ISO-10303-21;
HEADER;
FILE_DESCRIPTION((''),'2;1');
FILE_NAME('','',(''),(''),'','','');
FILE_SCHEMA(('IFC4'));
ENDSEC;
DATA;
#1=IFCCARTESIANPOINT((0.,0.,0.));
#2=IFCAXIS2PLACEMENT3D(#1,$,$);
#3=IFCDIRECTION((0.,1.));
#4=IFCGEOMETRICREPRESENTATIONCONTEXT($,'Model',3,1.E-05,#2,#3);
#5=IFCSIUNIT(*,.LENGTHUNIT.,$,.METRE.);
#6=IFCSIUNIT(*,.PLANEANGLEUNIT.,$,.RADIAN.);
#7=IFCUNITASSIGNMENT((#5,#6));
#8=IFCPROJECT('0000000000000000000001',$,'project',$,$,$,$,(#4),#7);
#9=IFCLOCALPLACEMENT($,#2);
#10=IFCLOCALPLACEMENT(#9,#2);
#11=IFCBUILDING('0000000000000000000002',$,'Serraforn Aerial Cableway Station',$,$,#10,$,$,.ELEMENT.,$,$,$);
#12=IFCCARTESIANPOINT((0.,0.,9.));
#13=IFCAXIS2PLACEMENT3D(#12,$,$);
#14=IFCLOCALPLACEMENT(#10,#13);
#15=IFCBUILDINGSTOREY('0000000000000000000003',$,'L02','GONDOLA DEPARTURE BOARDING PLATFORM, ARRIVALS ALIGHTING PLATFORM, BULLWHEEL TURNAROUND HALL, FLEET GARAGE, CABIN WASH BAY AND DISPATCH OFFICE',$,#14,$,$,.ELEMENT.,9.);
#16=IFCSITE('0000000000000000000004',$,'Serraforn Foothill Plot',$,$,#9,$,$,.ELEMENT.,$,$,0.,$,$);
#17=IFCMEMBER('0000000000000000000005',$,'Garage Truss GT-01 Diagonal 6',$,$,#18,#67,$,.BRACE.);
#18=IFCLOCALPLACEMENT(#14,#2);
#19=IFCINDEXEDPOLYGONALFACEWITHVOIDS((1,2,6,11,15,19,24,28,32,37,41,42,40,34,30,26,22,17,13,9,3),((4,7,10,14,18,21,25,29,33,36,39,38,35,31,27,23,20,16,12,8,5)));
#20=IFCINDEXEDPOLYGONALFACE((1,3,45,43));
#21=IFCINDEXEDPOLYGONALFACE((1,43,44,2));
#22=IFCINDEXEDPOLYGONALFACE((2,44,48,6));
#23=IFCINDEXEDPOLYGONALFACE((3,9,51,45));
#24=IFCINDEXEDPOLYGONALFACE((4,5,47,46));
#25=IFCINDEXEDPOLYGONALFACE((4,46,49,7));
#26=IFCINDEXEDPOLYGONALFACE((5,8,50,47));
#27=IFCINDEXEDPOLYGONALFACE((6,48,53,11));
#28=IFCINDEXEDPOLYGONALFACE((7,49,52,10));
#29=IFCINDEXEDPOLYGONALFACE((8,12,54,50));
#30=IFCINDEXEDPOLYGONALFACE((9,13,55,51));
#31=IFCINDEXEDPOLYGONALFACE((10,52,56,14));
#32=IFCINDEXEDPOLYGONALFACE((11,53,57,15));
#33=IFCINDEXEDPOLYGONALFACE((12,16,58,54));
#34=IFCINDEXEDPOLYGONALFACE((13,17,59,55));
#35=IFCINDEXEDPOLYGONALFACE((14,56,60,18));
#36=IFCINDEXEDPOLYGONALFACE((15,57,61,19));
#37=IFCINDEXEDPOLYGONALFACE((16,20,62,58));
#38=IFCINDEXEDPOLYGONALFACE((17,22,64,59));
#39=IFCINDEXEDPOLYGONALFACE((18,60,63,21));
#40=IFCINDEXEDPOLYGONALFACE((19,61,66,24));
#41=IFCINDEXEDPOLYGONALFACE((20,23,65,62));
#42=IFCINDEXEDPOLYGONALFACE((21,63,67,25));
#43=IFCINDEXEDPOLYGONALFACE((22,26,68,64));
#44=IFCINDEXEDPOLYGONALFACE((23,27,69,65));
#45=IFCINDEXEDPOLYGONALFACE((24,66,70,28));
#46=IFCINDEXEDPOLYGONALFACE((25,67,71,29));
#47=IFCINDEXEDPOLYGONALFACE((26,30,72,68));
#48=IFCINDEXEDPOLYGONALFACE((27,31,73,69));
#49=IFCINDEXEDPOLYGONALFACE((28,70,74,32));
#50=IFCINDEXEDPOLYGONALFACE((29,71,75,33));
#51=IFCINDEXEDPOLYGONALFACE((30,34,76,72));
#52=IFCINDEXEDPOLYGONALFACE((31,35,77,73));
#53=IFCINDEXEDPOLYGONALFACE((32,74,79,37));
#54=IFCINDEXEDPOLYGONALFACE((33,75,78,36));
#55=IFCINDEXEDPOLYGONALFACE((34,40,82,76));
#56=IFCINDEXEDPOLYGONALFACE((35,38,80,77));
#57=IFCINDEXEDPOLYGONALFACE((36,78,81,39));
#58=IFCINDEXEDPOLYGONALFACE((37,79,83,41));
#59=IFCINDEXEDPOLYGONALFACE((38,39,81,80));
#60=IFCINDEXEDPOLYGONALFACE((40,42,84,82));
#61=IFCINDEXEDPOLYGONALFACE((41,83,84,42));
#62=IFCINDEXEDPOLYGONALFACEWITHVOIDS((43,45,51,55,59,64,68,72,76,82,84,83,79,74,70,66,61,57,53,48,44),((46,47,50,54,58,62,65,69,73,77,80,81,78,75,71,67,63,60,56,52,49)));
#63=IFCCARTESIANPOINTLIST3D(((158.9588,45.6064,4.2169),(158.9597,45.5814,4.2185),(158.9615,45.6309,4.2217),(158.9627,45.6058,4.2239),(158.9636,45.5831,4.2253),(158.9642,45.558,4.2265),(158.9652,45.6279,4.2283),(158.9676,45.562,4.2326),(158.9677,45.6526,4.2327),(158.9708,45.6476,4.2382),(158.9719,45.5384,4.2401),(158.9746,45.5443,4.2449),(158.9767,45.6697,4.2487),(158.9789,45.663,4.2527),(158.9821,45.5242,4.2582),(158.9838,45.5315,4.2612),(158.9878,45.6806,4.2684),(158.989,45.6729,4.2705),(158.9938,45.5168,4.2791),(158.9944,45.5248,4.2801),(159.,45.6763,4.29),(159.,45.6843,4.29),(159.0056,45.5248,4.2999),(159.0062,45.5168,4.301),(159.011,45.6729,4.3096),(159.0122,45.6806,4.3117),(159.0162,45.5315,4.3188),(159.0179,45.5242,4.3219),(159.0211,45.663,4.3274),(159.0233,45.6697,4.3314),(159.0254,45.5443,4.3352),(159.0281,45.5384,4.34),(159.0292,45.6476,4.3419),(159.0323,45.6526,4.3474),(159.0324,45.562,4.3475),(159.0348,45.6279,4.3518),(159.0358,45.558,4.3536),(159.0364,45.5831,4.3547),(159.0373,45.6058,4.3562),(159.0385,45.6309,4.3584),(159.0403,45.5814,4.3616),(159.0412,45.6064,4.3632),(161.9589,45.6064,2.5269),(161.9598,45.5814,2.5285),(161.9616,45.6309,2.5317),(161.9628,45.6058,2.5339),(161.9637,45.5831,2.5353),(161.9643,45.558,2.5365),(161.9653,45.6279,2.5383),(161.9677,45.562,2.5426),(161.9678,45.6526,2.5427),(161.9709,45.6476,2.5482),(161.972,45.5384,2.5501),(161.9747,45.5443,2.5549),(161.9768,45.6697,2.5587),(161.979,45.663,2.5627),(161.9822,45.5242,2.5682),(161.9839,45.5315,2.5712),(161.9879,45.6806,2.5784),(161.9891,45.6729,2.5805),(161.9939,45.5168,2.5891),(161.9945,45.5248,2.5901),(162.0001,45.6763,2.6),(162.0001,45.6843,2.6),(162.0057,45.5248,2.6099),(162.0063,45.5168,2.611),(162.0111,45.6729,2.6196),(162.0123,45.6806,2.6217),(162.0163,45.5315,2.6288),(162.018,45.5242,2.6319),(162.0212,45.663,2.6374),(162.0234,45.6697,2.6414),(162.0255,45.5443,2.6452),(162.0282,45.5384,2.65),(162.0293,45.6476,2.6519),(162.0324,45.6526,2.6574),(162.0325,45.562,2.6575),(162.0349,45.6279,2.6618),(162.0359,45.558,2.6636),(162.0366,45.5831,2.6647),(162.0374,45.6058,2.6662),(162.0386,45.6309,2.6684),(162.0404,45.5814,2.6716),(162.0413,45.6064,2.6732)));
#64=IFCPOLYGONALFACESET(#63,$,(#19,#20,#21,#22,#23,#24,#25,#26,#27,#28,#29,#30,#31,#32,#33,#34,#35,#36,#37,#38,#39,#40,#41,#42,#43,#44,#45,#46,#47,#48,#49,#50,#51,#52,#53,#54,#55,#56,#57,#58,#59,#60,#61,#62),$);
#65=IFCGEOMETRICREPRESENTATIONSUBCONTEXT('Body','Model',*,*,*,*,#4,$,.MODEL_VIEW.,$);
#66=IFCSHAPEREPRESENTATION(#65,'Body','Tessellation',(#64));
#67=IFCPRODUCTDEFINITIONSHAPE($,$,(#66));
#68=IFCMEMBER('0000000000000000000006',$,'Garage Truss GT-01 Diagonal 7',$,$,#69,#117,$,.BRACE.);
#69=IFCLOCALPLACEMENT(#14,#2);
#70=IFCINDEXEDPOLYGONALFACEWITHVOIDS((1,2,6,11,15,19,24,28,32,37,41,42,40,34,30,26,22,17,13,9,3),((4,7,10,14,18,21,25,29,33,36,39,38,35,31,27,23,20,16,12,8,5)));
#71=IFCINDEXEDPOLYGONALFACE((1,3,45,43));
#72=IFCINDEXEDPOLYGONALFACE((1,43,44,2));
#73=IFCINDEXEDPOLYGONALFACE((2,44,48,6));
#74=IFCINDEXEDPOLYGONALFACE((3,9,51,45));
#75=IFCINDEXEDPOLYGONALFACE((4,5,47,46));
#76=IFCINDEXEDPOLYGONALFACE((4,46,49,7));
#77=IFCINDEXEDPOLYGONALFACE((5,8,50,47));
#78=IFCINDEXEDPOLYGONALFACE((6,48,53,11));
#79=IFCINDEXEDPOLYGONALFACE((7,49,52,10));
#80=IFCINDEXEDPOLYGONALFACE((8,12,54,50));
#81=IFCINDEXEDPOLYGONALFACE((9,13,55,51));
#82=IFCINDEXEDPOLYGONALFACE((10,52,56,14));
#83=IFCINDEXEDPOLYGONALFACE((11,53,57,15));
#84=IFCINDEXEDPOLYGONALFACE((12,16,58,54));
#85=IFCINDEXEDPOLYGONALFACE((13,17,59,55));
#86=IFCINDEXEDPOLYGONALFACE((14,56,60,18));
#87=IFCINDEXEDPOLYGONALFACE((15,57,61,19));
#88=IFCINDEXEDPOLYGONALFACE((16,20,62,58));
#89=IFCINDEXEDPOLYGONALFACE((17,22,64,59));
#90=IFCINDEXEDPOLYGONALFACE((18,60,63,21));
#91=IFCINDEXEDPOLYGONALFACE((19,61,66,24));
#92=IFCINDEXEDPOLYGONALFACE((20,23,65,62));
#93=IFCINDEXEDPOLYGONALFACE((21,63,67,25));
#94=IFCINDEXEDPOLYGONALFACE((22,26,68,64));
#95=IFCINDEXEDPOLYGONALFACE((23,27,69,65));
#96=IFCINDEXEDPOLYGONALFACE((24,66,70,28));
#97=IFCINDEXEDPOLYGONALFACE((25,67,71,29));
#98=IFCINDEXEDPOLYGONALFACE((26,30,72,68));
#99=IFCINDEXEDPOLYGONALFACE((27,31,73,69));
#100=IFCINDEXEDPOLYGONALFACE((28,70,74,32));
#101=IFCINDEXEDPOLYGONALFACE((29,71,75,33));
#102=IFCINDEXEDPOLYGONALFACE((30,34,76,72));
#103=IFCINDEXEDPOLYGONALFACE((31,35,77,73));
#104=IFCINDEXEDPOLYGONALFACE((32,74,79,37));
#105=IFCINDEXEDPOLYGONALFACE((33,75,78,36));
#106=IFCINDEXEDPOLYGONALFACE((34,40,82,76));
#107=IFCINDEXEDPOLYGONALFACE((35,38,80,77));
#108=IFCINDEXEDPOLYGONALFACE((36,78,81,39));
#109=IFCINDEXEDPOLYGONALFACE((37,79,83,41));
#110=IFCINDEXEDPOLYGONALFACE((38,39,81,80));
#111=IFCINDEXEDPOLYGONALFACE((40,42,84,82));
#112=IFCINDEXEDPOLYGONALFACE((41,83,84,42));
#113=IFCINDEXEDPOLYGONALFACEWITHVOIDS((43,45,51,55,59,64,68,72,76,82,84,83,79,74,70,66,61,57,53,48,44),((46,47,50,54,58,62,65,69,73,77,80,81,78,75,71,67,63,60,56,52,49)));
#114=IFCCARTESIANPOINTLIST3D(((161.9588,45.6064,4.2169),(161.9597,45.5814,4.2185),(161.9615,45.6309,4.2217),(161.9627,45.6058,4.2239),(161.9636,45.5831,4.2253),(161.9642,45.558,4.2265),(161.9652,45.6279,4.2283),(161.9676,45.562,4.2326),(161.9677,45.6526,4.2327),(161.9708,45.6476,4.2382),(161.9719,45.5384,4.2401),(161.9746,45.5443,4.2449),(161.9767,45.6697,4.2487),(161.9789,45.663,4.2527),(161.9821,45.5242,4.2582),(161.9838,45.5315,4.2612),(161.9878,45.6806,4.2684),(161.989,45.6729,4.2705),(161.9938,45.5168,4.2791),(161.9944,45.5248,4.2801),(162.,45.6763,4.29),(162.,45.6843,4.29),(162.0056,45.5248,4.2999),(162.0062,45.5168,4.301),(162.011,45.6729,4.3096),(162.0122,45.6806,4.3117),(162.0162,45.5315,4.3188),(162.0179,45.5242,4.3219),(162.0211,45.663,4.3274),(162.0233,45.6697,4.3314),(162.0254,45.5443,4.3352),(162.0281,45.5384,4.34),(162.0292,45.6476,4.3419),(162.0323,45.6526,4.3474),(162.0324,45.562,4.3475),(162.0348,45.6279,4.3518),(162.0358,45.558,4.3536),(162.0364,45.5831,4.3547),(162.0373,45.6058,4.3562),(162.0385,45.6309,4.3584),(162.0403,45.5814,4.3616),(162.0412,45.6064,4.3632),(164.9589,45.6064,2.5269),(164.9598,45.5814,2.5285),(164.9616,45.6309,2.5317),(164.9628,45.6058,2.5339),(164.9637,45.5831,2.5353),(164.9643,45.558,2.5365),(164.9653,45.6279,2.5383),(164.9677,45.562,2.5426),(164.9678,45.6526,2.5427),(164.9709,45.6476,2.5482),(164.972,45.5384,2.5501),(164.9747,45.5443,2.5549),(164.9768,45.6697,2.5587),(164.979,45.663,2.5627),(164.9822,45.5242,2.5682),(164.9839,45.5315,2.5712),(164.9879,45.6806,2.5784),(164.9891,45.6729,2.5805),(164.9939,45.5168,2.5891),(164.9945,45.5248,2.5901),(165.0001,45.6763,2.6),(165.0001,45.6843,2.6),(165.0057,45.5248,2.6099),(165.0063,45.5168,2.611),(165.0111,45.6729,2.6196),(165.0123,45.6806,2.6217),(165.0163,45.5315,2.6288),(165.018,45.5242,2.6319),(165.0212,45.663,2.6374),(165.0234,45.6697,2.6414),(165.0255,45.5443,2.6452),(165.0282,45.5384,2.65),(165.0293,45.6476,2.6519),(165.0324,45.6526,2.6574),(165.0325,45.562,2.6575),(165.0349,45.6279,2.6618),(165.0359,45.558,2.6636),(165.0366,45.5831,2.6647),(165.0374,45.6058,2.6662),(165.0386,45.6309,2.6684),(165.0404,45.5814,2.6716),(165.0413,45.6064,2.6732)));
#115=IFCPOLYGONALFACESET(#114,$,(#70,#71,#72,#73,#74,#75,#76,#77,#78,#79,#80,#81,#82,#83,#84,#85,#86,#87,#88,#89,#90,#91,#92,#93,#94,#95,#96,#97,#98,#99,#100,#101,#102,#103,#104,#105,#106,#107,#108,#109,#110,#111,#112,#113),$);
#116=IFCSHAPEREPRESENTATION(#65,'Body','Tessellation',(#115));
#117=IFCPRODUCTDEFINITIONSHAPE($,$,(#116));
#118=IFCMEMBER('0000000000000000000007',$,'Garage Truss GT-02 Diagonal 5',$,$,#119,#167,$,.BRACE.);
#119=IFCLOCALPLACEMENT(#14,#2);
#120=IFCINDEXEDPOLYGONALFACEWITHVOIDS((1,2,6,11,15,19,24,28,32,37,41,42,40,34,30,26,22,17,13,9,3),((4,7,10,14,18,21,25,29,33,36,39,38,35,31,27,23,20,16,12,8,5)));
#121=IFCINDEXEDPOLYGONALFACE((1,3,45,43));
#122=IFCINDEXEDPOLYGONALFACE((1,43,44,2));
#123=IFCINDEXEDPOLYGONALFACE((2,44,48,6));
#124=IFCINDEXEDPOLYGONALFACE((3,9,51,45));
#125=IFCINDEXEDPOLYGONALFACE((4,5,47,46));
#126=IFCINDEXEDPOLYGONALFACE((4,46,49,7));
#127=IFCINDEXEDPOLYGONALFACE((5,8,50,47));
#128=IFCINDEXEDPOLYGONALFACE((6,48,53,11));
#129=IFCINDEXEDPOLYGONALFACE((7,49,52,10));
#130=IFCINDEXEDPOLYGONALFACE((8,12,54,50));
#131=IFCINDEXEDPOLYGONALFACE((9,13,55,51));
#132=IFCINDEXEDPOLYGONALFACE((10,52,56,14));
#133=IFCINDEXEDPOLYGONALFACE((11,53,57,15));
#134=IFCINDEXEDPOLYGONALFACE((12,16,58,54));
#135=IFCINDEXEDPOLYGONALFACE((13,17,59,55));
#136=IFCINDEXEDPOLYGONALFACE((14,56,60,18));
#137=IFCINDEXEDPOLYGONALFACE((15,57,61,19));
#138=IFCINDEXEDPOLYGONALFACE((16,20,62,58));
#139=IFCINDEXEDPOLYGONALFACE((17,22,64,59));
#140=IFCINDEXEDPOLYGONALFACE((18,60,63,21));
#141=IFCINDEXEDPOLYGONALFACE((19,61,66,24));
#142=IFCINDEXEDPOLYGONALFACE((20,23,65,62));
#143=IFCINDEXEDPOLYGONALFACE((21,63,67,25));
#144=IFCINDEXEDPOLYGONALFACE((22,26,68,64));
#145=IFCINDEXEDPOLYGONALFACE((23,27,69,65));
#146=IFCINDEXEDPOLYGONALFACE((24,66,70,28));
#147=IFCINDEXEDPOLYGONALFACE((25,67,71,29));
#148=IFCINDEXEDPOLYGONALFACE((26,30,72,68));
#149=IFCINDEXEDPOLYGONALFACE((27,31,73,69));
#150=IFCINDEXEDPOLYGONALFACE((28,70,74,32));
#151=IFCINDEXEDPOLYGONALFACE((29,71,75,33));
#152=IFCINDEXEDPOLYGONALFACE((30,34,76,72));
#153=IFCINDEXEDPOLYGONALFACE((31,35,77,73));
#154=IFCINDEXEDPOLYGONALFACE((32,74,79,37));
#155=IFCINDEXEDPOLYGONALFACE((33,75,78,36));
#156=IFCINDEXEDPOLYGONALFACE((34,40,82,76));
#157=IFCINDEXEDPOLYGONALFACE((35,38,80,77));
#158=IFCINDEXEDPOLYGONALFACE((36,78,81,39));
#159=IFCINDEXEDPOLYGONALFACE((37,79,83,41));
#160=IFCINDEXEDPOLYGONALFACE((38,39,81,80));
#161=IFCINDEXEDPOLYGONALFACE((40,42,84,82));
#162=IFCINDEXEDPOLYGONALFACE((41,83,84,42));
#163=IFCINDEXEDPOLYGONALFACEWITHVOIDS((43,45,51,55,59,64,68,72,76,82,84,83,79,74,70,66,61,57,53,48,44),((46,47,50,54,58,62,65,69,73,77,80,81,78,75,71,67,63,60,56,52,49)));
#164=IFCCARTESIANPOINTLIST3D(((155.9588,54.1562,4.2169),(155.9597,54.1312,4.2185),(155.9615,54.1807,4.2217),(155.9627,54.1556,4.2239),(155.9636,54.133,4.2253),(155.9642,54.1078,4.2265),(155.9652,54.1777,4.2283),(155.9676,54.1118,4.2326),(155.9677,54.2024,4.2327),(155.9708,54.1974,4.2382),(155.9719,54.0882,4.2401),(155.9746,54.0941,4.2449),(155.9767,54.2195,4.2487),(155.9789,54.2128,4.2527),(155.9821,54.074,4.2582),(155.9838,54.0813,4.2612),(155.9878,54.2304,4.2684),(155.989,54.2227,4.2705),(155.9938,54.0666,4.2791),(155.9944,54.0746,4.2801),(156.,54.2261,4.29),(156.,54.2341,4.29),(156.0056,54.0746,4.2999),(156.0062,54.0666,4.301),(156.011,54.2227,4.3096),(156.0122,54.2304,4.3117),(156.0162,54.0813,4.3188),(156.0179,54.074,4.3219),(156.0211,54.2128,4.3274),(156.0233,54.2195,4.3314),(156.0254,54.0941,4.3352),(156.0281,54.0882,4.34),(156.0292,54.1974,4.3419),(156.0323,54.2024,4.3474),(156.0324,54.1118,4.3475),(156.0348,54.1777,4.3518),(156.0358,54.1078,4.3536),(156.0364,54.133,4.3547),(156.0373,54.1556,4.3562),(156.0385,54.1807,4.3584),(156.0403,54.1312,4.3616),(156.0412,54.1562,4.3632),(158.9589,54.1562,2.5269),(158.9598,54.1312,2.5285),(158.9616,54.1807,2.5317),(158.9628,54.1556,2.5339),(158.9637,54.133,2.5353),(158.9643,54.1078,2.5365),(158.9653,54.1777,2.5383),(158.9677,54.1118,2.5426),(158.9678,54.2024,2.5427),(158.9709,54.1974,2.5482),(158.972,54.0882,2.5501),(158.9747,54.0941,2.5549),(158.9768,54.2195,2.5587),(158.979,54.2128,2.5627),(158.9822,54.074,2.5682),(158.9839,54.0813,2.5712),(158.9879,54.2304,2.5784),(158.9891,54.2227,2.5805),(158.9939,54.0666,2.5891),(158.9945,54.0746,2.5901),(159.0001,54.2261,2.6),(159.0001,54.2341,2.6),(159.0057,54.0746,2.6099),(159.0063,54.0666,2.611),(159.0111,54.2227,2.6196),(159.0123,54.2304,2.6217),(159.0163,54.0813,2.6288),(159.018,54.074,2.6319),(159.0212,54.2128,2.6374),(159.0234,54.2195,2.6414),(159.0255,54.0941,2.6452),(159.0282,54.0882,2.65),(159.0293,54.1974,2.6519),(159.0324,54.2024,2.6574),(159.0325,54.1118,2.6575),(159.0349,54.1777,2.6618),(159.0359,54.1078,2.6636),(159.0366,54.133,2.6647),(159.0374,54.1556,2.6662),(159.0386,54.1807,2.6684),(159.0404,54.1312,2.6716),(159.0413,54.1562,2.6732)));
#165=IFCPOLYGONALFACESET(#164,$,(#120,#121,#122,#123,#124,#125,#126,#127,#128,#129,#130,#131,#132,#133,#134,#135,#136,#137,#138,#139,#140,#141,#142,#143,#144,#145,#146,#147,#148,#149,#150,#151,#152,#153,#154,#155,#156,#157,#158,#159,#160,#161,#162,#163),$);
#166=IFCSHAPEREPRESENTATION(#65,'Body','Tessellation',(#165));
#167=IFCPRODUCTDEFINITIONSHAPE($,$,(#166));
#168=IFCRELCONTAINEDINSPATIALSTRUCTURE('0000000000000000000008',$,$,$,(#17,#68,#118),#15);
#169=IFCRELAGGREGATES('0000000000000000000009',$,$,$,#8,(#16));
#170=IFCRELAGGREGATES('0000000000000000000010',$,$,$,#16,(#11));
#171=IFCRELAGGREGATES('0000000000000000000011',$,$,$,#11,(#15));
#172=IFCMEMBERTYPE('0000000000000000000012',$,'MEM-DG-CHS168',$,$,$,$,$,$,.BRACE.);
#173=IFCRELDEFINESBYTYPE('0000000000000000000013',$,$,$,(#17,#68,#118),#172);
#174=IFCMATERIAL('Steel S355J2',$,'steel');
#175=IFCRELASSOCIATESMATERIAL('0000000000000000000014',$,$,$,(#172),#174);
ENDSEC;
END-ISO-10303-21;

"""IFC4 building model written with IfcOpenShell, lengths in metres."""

from ifc_helpers import new_model, si_unit, direction, frame, origin, origin_2d, place, context, subcontext, project, spatial, hollow_circle, extrude, material, material_profile, profile_set, type_object, element, save


model = new_model("IFC4")

# Units and contexts
model_context = context("Model", 3, precision=1e-05, world=origin(), true_north=direction((0.0, 1.0)))
body_context = subcontext(model_context, "Body", "Model", "MODEL_VIEW")
ifc_project = project(units=[si_unit("LENGTHUNIT", "METRE"), si_unit("PLANEANGLEUNIT", "RADIAN")], contexts=[model_context])

# Site, building, storey
site_placement = place(None, origin())
site = spatial("IfcSite", under=ifc_project, at=site_placement, Name="Serraforn Foothill Plot", CompositionType="ELEMENT", RefElevation=0.0)
building_placement = place(site_placement, origin())
building = spatial("IfcBuilding", under=site, at=building_placement, Name="Serraforn Aerial Cableway Station", CompositionType="ELEMENT")
storey_placement = place(building_placement, frame((0.0, 0.0, 9.0)))
storey = spatial("IfcBuildingStorey", under=building, at=storey_placement, Name="L02", Description="GONDOLA DEPARTURE BOARDING PLATFORM, ARRIVALS ALIGHTING PLATFORM, BULLWHEEL TURNAROUND HALL, FLEET GARAGE, CABIN WASH BAY AND DISPATCH OFFICE", CompositionType="ELEMENT", Elevation=9.0)

# Members
ifc_material_1 = material(Name="Steel S355J2", Category="steel")
ifc_material_profile_1 = material_profile(ifc_material_1, hollow_circle(Radius=0.0842, WallThickness=0.0081, at=origin_2d()), Name="CHS 168.3x8.0")
ifc_profile_set_1 = profile_set([ifc_material_profile_1], Name="Steel S355J2")
member_type_1 = type_object("IfcMemberType", Name="MEM-DG-CHS168", PredefinedType="BRACE", material=ifc_profile_set_1)
for number, where, z_axis, x_axis, name in (
    (1, (159.0, 45.6001, 4.29), (0.871272, 0.0, -0.4908), (0.0, 1.0, 0.0), "Garage Truss GT-01 Diagonal 6"),
    (2, (162.0, 45.6001, 4.29), (0.871272, 0.0, -0.4908), (0.0, 1.0, 0.0), "Garage Truss GT-01 Diagonal 7"),
    (3, (156.0, 54.1499, 4.29), (0.871272, 0.0, -0.4908), (0.0, 1.0, 0.0), "Garage Truss GT-02 Diagonal 5"),
):
    element("IfcMember", number, at=place(storey_placement, frame(where, z_axis=z_axis, x_axis=x_axis)), inside=storey, type_object=member_type_1, Name=name, PredefinedType="BRACE", context=body_context, shape_type="SweptSolid", body=[
        extrude(hollow_circle(Radius=0.0842, WallThickness=0.0081, at=origin_2d()), origin(), (0.0, 0.0, 1.0), 3.4434),
    ])

save(model, "model.ifc")
